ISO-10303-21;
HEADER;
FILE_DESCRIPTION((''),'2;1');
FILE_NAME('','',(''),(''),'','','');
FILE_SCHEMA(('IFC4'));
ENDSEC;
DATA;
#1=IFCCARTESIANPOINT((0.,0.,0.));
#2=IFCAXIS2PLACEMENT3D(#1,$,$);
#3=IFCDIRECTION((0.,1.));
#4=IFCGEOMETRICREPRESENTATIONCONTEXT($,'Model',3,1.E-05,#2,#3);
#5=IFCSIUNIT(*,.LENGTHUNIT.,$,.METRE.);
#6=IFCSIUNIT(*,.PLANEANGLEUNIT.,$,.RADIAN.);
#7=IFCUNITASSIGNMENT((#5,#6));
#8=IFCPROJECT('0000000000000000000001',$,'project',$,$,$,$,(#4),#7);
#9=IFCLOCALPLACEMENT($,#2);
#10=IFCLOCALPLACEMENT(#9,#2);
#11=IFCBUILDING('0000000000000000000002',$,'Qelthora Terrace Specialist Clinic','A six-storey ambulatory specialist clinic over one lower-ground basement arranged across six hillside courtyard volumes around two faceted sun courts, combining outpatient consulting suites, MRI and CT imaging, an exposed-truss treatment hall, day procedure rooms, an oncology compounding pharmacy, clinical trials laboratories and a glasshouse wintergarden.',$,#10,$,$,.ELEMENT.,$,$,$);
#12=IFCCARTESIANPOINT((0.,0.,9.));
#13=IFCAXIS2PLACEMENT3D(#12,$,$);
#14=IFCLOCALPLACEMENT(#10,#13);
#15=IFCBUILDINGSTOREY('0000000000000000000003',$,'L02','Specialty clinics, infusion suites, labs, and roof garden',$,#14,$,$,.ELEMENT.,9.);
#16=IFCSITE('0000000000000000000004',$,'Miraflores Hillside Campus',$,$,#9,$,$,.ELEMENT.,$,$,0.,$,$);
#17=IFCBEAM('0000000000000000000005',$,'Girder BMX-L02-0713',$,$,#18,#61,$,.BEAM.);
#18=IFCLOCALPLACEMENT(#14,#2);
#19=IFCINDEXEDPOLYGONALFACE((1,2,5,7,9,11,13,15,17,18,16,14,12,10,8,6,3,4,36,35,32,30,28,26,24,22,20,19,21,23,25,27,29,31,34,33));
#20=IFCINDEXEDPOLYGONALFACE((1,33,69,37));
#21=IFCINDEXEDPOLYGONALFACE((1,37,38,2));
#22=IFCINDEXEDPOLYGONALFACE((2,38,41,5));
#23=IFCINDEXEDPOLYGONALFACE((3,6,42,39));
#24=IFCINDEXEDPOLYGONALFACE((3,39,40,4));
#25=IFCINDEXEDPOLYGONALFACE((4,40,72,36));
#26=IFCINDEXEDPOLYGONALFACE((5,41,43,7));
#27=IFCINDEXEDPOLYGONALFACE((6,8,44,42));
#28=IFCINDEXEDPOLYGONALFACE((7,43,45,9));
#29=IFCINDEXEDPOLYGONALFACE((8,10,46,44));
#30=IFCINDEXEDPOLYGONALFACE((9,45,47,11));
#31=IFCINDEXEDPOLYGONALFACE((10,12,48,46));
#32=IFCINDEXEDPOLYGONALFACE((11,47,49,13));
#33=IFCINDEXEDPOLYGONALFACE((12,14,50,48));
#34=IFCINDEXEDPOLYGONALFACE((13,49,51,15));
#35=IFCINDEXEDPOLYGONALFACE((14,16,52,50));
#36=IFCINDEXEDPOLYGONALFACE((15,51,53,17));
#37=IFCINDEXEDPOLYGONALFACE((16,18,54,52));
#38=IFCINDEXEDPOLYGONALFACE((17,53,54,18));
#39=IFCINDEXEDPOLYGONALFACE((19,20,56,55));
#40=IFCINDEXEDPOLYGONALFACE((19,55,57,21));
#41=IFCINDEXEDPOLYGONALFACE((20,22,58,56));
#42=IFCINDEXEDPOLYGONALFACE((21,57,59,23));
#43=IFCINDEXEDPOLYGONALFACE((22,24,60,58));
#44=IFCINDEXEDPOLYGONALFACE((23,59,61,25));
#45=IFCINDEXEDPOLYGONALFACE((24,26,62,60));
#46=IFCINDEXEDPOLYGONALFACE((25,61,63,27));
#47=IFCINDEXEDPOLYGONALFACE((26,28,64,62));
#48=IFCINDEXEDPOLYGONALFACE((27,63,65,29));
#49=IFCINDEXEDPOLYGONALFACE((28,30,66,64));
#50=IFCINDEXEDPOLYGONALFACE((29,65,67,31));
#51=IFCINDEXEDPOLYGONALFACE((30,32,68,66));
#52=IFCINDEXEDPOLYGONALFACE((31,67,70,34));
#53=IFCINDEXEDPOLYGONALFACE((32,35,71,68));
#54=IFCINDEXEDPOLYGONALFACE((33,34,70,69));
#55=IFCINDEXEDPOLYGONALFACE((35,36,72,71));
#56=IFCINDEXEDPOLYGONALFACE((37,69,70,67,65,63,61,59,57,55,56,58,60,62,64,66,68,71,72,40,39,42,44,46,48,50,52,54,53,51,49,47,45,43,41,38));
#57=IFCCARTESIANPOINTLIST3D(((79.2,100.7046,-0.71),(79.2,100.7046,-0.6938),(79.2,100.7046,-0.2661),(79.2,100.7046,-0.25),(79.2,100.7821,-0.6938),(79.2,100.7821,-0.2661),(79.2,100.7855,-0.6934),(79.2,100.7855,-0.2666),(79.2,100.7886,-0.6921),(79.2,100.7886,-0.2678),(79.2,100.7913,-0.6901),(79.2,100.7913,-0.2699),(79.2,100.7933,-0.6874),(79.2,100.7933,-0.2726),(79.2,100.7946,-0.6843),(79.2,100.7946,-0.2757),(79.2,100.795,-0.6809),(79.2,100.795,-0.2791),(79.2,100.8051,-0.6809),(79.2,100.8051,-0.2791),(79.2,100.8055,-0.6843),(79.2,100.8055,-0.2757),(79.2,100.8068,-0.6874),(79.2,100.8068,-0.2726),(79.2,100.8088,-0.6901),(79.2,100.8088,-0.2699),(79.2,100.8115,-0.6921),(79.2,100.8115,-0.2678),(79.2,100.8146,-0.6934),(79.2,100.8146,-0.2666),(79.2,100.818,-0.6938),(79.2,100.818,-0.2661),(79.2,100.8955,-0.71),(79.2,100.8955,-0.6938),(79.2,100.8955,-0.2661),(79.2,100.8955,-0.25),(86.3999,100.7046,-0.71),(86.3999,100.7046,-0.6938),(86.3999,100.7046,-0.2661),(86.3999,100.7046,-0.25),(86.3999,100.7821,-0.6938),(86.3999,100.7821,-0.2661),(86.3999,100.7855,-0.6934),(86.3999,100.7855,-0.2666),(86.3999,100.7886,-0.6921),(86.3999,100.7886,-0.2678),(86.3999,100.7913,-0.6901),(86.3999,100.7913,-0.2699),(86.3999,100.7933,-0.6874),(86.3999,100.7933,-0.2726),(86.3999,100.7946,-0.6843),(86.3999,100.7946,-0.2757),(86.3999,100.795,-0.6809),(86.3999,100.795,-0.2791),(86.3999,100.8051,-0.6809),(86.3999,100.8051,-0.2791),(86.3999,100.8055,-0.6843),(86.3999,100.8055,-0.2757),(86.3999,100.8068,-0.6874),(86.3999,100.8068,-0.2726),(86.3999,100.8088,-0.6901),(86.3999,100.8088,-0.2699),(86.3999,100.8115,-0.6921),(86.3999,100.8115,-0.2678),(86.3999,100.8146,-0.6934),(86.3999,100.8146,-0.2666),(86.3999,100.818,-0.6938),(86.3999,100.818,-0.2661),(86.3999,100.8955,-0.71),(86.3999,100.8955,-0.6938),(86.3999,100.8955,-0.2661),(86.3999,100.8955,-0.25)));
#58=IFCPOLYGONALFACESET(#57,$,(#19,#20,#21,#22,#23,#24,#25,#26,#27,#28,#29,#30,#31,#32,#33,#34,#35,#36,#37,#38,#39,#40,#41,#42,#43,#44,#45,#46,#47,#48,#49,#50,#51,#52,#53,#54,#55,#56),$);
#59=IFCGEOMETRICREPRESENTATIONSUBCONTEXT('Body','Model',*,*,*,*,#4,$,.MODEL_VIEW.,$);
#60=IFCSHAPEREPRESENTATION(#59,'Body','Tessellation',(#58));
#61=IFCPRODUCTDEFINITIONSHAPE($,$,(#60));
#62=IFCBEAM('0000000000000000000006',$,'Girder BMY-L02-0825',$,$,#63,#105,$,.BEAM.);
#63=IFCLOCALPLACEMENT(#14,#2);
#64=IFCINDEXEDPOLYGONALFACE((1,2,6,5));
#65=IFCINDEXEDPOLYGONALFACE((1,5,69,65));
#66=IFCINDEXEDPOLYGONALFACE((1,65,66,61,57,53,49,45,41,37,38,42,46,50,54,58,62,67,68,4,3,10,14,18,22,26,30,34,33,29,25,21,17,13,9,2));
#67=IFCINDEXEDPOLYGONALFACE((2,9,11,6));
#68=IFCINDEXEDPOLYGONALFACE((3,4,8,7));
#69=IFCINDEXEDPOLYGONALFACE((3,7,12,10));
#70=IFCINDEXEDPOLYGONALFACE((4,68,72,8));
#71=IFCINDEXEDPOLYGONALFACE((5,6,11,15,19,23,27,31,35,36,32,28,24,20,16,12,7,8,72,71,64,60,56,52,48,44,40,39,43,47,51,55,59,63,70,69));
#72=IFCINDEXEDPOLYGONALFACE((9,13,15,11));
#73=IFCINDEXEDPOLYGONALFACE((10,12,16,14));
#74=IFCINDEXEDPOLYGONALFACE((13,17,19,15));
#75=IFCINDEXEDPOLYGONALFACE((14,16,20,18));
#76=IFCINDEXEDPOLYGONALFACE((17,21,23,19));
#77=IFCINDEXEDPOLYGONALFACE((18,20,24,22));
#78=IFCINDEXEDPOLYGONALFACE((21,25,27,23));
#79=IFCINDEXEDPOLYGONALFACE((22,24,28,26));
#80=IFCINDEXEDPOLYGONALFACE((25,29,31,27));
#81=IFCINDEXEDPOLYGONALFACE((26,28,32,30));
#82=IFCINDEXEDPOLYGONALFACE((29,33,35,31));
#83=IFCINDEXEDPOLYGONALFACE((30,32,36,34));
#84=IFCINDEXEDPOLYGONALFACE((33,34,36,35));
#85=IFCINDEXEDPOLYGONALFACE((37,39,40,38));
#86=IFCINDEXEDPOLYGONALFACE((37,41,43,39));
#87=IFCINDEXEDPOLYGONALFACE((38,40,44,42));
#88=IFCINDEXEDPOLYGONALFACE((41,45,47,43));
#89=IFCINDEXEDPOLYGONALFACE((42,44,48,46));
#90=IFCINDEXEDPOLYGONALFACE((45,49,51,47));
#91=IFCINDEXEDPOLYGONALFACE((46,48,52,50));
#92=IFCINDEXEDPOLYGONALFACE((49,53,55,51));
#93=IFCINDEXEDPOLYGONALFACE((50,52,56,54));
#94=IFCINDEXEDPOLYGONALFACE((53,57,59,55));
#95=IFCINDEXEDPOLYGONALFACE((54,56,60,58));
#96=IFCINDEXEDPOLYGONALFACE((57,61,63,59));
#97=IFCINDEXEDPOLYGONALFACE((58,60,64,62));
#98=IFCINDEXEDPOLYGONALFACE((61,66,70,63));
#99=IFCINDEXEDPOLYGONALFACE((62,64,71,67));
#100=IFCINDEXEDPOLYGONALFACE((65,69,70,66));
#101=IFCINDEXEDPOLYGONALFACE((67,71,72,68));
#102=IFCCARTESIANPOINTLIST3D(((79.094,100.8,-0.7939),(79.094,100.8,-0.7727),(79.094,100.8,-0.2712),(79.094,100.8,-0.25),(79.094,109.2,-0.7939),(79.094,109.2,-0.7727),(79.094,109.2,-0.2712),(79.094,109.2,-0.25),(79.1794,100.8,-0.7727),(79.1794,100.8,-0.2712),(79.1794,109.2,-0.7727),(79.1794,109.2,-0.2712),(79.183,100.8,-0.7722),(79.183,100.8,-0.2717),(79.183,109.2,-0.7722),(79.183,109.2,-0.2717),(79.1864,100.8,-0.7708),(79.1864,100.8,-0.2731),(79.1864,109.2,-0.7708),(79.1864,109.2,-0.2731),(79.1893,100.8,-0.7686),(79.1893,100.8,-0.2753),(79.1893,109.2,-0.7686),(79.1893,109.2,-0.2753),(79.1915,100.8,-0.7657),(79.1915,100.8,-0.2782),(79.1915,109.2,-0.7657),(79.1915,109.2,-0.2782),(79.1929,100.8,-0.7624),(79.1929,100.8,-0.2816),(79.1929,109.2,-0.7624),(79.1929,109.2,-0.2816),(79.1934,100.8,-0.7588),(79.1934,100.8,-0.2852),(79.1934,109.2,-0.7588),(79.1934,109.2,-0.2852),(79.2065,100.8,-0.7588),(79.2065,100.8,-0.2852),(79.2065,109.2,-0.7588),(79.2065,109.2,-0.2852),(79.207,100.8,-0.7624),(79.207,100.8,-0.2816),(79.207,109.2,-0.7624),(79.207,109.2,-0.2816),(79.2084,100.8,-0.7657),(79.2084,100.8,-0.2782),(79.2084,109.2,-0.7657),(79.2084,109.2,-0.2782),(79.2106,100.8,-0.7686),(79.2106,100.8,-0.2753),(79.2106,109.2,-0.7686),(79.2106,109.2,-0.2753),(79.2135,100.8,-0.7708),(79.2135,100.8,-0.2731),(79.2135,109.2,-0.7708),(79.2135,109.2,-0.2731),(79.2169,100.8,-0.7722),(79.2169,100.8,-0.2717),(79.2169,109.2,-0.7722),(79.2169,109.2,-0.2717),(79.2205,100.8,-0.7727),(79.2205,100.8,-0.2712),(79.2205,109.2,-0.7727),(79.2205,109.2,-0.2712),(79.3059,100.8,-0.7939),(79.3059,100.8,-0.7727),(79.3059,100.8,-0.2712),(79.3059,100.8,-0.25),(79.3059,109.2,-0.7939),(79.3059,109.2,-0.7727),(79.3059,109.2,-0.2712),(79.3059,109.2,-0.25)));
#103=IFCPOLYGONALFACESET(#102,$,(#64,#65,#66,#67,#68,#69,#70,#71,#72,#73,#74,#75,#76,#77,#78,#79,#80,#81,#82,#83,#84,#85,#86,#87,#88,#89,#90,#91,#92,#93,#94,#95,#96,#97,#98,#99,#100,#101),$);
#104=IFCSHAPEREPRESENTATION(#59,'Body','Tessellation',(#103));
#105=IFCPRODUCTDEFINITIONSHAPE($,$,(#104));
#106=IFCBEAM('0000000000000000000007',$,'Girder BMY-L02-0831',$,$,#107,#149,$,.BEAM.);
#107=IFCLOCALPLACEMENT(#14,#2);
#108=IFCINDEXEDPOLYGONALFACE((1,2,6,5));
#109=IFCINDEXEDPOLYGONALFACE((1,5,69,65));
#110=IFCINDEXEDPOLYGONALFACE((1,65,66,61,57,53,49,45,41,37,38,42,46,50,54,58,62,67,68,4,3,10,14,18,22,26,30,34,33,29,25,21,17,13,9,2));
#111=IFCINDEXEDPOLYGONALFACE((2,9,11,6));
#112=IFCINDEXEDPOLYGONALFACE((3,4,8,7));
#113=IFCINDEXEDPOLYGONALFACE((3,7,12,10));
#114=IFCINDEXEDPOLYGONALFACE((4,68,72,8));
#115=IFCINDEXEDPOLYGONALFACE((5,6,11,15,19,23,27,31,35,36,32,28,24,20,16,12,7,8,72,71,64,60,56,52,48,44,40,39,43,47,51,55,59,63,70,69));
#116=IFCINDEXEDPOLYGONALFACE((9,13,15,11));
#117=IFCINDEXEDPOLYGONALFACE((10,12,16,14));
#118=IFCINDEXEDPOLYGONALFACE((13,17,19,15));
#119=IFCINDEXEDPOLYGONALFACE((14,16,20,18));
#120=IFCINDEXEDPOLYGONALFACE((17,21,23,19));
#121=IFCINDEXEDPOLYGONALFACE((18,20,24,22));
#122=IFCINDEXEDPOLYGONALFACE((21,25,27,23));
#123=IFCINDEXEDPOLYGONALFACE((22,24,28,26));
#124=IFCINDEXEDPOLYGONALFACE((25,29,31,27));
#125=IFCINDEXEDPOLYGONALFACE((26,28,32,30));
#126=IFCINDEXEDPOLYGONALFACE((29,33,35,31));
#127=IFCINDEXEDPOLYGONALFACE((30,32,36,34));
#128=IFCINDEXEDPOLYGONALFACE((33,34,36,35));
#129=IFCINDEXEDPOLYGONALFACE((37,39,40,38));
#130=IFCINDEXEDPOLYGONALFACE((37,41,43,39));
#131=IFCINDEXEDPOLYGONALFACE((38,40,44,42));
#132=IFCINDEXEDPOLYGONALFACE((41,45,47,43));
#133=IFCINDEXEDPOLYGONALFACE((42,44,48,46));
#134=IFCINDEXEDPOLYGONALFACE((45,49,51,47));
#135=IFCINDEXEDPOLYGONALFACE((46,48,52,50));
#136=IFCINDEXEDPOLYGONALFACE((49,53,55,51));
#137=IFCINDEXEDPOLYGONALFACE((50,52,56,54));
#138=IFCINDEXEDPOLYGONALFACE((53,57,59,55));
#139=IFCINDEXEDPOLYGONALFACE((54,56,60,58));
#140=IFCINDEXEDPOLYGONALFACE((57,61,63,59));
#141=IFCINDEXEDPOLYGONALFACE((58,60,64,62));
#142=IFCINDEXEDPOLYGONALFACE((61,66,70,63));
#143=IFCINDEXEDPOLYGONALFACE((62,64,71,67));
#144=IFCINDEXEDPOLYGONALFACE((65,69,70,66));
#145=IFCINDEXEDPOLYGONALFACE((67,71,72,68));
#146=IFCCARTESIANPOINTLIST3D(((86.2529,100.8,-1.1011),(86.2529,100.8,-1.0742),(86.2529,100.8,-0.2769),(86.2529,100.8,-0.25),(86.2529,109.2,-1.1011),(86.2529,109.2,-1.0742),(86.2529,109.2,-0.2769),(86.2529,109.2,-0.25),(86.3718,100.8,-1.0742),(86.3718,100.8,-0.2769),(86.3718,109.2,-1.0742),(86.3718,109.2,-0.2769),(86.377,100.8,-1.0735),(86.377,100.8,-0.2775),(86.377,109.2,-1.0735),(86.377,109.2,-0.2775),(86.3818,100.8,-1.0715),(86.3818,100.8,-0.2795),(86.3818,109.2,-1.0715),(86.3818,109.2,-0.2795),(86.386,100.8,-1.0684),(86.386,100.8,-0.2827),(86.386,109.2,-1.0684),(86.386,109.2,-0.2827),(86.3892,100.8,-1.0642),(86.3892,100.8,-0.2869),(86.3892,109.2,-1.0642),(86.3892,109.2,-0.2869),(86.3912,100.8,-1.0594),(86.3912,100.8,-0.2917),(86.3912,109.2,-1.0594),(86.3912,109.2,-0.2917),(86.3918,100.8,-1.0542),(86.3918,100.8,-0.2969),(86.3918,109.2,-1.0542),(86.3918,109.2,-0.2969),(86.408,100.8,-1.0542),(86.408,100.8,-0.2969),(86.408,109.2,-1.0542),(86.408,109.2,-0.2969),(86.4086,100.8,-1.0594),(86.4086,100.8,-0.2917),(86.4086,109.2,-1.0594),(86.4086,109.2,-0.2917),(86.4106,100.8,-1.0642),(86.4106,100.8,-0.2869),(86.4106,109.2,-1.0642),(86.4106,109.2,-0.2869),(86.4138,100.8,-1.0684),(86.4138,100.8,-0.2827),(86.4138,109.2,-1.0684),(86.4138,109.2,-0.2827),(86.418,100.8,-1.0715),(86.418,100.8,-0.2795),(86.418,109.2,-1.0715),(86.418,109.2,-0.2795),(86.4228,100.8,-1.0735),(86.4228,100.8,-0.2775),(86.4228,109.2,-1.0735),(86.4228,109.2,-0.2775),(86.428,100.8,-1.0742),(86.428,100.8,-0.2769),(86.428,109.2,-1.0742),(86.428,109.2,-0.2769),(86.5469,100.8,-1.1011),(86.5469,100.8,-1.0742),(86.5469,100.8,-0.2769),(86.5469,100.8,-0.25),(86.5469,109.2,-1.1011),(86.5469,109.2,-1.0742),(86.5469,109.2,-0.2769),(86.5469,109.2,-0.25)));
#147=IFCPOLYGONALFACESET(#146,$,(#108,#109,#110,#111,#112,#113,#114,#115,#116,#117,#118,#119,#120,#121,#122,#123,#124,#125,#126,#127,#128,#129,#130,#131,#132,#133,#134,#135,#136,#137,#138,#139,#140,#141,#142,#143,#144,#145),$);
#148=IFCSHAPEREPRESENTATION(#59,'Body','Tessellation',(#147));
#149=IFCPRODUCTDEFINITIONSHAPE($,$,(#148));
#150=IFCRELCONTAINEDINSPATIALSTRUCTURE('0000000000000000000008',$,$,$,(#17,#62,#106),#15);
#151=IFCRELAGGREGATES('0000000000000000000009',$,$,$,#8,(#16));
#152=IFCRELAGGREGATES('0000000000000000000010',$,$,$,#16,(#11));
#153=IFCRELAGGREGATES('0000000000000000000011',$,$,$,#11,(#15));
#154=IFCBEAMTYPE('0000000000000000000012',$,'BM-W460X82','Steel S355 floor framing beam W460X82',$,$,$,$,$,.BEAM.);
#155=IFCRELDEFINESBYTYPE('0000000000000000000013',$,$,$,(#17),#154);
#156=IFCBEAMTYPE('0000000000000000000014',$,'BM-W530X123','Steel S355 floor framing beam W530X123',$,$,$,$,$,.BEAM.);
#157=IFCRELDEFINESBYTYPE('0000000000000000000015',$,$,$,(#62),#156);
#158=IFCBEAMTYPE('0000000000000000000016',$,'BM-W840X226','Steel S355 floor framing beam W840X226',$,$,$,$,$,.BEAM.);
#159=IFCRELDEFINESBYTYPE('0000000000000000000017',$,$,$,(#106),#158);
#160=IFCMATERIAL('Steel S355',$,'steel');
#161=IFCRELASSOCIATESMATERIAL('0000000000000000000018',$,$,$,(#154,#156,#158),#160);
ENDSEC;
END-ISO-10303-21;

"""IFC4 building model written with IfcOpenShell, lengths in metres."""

from ifc_helpers import new_model, si_unit, direction, frame, origin, origin_2d, place, context, subcontext, project, spatial, i_section, extrude, material, material_profile, profile_set, type_object, element, save


model = new_model("IFC4")

# Units and contexts
model_context = context("Model", 3, precision=1e-05, world=origin(), true_north=direction((0.0, 1.0)))
body_context = subcontext(model_context, "Body", "Model", "MODEL_VIEW")
ifc_project = project(units=[si_unit("LENGTHUNIT", "METRE"), si_unit("PLANEANGLEUNIT", "RADIAN")], contexts=[model_context])

# Site, building, storey
site_placement = place(None, origin())
site = spatial("IfcSite", under=ifc_project, at=site_placement, Name="Miraflores Hillside Campus", CompositionType="ELEMENT", RefElevation=0.0)
building_placement = place(site_placement, origin())
building = spatial("IfcBuilding", under=site, at=building_placement, Name="Qelthora Terrace Specialist Clinic", Description="A six-storey ambulatory specialist clinic over one lower-ground basement arranged across six hillside courtyard volumes around two faceted sun courts, combining outpatient consulting suites, MRI and CT imaging, an exposed-truss treatment hall, day procedure rooms, an oncology compounding pharmacy, clinical trials laboratories and a glasshouse wintergarden.", CompositionType="ELEMENT")
storey_placement = place(building_placement, frame((0.0, 0.0, 9.0)))
storey = spatial("IfcBuildingStorey", under=building, at=storey_placement, Name="L02", Description="Specialty clinics, infusion suites, labs, and roof garden", CompositionType="ELEMENT", Elevation=9.0)

# Shared definitions
ifc_material_1 = material(Name="Steel S355", Category="steel")

# Beams
ifc_material_profile_1 = material_profile(ifc_material_1, i_section(OverallWidth=0.1909, OverallDepth=0.46, WebThickness=0.01, FlangeThickness=0.0161, FilletRadius=0.0129, at=origin_2d()), Name="W460X82")
ifc_profile_set_1 = profile_set([ifc_material_profile_1], Name="Steel S355")
beam_type_1 = type_object("IfcBeamType", Name="BM-W460X82", Description="Steel S355 floor framing beam W460X82", PredefinedType="BEAM", material=ifc_profile_set_1)
beam_1_placement = place(storey_placement, frame((79.2, 100.8, -0.48), z_axis=(1.0, 0.0, 0.0), x_axis=(0.0, 1.0, 0.0)))
element("IfcBeam", 1, at=beam_1_placement, inside=storey, type_object=beam_type_1, Name="Girder BMX-L02-0713", PredefinedType="BEAM", context=body_context, shape_type="SweptSolid", body=[
    extrude(i_section(OverallWidth=0.1909, OverallDepth=0.46, WebThickness=0.01, FlangeThickness=0.0161, FilletRadius=0.0129, at=origin_2d()), origin(), (0.0, 0.0, 1.0), 7.2),
])
ifc_material_profile_2 = material_profile(ifc_material_1, i_section(OverallWidth=0.2119, OverallDepth=0.5439, WebThickness=0.0132, FlangeThickness=0.0212, FilletRadius=0.0139, at=origin_2d()), Name="W530X123")
ifc_profile_set_2 = profile_set([ifc_material_profile_2], Name="Steel S355")
beam_type_2 = type_object("IfcBeamType", Name="BM-W530X123", Description="Steel S355 floor framing beam W530X123", PredefinedType="BEAM", material=ifc_profile_set_2)
beam_2_placement = place(storey_placement, frame((79.2, 100.8, -0.522), z_axis=(0.0, 1.0, 0.0), x_axis=(-1.0, 0.0, 0.0)))
element("IfcBeam", 2, at=beam_2_placement, inside=storey, type_object=beam_type_2, Name="Girder BMY-L02-0825", PredefinedType="BEAM", context=body_context, shape_type="SweptSolid", body=[
    extrude(i_section(OverallWidth=0.2119, OverallDepth=0.5439, WebThickness=0.0132, FlangeThickness=0.0212, FilletRadius=0.0139, at=origin_2d()), origin(), (0.0, 0.0, 1.0), 8.3999),
])
ifc_material_profile_3 = material_profile(ifc_material_1, i_section(OverallWidth=0.2939, OverallDepth=0.8511, WebThickness=0.0161, FlangeThickness=0.0269, FilletRadius=0.02, at=origin_2d()), Name="W840X226")
ifc_profile_set_3 = profile_set([ifc_material_profile_3], Name="Steel S355")
beam_type_3 = type_object("IfcBeamType", Name="BM-W840X226", Description="Steel S355 floor framing beam W840X226", PredefinedType="BEAM", material=ifc_profile_set_3)
beam_3_placement = place(storey_placement, frame((86.3999, 100.8, -0.6755), z_axis=(0.0, 1.0, 0.0), x_axis=(-1.0, 0.0, 0.0)))
element("IfcBeam", 3, at=beam_3_placement, inside=storey, type_object=beam_type_3, Name="Girder BMY-L02-0831", PredefinedType="BEAM", context=body_context, shape_type="SweptSolid", body=[
    extrude(i_section(OverallWidth=0.2939, OverallDepth=0.8511, WebThickness=0.0161, FlangeThickness=0.0269, FilletRadius=0.02, at=origin_2d()), origin(), (0.0, 0.0, 1.0), 8.3999),
])

save(model, "model.ifc")
